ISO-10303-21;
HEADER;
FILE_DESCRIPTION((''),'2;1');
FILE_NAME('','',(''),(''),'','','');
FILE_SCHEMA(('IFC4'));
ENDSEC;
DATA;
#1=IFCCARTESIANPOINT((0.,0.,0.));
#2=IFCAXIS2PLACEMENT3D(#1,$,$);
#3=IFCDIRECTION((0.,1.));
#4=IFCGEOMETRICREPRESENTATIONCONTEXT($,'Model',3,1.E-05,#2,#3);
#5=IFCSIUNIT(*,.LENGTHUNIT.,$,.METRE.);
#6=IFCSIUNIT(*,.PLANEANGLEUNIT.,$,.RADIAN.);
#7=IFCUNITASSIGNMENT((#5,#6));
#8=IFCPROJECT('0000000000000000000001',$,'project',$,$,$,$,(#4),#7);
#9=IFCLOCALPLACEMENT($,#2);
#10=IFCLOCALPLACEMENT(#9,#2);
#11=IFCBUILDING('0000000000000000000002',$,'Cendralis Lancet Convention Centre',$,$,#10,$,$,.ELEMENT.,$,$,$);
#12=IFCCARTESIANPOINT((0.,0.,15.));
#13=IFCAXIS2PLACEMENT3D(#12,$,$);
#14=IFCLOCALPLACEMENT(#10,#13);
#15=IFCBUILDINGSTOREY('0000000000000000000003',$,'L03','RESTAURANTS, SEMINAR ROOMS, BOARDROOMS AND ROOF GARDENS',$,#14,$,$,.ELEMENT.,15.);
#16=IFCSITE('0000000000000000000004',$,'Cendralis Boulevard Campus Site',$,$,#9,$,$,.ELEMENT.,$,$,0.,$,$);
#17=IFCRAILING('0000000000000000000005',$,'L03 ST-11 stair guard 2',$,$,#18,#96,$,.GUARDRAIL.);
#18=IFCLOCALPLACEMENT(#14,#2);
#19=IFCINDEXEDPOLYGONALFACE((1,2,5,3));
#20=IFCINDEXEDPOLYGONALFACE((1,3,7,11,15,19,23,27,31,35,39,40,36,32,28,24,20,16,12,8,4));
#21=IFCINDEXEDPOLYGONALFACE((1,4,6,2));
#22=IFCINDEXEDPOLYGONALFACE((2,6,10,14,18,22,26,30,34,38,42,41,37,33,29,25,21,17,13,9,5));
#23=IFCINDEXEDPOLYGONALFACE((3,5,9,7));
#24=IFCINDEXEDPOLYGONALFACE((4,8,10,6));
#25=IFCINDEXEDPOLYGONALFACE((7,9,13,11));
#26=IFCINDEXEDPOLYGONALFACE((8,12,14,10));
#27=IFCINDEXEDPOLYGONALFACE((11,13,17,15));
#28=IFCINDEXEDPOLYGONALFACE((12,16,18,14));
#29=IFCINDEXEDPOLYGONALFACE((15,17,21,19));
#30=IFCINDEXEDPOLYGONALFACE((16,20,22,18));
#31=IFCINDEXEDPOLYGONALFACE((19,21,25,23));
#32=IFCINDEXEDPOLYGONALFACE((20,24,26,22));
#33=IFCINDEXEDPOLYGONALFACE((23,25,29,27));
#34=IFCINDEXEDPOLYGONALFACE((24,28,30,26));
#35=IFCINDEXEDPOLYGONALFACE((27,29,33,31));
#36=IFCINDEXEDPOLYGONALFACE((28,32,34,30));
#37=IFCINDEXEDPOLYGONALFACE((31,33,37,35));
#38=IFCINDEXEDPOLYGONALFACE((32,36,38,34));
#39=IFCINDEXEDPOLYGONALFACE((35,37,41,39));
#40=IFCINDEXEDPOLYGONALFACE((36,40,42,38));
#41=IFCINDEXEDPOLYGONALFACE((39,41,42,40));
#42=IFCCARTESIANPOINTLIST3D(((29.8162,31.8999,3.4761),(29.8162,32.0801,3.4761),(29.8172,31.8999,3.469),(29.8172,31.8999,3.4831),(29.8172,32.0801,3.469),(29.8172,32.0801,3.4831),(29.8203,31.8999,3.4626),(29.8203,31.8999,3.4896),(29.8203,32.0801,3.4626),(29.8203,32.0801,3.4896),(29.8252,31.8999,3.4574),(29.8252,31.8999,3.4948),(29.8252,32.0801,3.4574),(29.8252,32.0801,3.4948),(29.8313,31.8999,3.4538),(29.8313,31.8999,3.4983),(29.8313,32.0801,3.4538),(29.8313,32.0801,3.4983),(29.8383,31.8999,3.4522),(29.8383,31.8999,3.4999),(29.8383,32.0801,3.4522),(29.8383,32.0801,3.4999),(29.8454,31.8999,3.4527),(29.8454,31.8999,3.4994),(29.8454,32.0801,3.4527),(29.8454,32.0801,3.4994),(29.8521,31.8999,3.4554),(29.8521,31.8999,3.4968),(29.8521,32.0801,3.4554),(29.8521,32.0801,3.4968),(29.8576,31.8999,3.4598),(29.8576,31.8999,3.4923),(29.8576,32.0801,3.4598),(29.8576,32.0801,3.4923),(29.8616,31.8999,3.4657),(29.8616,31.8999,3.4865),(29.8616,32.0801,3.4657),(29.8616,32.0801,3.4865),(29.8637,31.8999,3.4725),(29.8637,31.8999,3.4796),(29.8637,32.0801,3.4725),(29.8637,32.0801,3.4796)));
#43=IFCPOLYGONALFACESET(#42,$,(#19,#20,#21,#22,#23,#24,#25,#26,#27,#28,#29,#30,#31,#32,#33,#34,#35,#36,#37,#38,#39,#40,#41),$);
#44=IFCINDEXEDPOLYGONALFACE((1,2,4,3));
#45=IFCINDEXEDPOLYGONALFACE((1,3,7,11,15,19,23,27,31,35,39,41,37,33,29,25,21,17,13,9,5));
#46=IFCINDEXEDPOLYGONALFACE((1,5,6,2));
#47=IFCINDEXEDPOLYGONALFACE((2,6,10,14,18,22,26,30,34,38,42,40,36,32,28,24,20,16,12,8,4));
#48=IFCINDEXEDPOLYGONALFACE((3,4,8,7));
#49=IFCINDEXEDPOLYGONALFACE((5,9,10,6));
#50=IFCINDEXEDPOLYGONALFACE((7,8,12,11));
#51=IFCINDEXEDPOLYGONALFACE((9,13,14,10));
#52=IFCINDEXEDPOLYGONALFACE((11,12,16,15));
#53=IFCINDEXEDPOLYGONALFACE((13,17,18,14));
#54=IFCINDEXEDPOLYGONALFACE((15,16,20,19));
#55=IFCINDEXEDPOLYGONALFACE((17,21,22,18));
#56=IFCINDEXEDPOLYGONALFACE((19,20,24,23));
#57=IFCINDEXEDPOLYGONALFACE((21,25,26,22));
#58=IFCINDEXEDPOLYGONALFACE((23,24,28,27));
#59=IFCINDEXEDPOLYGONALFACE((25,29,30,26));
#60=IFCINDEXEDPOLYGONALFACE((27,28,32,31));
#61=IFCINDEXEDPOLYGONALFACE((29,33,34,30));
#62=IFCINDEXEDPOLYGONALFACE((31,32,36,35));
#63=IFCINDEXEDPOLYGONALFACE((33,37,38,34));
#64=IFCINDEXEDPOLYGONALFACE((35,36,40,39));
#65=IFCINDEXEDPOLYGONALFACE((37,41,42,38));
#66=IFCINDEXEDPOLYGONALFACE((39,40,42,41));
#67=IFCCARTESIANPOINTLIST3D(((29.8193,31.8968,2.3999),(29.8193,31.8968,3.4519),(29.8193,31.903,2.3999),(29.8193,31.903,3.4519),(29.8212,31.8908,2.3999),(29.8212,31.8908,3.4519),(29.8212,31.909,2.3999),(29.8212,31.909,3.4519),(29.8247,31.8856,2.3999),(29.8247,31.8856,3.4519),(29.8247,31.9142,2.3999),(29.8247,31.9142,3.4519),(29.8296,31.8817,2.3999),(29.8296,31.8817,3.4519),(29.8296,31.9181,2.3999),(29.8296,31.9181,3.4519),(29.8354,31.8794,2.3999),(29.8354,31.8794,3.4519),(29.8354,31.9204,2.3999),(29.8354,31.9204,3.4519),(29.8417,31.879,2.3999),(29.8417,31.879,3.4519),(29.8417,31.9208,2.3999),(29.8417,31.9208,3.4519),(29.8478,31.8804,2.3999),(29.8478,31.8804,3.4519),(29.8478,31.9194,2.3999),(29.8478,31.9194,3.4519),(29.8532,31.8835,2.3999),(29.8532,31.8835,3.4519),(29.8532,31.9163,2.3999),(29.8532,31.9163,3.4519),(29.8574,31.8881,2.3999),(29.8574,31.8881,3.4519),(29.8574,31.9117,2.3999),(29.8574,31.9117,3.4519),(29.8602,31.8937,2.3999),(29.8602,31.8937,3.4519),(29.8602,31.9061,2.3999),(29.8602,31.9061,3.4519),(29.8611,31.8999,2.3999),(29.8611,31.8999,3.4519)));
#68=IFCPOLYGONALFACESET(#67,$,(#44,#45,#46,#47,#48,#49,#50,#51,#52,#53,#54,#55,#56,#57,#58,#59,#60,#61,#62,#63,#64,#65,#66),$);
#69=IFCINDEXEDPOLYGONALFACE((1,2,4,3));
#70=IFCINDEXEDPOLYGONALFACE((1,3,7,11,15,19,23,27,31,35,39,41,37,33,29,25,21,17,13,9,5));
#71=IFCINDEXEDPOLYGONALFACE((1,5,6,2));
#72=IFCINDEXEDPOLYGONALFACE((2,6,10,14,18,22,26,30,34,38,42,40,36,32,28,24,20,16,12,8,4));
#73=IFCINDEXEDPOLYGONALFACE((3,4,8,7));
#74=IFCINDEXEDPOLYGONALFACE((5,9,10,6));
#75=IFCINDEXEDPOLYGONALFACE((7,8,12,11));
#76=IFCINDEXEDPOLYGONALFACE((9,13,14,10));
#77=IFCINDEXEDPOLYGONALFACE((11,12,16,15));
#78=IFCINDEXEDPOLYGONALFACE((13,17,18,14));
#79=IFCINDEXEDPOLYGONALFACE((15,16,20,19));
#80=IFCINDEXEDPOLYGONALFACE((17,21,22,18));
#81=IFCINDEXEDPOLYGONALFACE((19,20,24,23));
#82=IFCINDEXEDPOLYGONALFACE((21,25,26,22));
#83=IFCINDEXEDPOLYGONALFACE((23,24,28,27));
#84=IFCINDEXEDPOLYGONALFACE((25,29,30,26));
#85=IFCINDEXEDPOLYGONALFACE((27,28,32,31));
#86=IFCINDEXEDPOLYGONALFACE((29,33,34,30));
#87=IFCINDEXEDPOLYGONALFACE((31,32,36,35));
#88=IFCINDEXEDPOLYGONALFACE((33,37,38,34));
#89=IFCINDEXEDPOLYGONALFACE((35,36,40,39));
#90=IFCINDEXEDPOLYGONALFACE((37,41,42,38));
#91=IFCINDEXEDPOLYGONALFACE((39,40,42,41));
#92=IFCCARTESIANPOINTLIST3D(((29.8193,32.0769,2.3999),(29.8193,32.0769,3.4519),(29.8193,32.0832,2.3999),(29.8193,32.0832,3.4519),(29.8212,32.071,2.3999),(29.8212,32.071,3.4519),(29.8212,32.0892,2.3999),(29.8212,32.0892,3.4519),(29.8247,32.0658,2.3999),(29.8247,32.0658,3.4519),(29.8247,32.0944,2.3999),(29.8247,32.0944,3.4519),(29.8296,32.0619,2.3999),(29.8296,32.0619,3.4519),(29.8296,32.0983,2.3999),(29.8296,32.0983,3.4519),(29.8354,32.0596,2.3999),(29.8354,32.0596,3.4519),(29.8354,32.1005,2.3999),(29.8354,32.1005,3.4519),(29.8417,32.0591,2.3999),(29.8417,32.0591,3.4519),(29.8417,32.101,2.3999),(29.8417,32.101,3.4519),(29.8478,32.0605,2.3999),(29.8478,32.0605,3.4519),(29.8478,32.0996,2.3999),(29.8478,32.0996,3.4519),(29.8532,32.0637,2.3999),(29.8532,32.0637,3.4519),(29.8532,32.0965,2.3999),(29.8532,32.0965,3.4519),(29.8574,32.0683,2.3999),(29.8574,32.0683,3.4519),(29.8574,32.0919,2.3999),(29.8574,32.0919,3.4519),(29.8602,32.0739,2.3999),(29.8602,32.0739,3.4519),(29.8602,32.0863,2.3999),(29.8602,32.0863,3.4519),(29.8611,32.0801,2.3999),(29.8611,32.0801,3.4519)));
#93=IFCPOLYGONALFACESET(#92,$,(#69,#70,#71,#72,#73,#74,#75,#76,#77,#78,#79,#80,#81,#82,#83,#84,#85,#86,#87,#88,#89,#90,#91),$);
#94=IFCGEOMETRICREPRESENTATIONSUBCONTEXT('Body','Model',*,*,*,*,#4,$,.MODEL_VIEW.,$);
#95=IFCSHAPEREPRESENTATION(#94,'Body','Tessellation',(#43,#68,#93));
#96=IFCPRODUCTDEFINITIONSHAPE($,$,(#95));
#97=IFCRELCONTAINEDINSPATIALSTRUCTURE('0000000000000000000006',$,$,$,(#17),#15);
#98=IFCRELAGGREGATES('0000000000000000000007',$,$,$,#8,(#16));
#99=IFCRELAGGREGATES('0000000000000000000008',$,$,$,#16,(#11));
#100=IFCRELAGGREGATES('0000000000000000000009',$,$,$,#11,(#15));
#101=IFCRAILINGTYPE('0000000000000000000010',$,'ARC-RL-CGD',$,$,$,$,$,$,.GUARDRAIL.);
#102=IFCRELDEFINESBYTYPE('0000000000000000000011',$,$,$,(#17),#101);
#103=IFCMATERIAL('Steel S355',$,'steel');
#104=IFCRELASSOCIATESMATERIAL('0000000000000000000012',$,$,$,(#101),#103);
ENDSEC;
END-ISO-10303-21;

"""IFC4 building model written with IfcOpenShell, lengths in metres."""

from ifc_helpers import new_model, si_unit, direction, frame, origin, origin_2d, place, context, subcontext, project, spatial, circle, extrude, material, type_object, element, save


model = new_model("IFC4")

# Units and contexts
model_context = context("Model", 3, precision=1e-05, world=origin(), true_north=direction((0.0, 1.0)))
body_context = subcontext(model_context, "Body", "Model", "MODEL_VIEW")
ifc_project = project(units=[si_unit("LENGTHUNIT", "METRE"), si_unit("PLANEANGLEUNIT", "RADIAN")], contexts=[model_context])

# Site, building, storey
site_placement = place(None, origin())
site = spatial("IfcSite", under=ifc_project, at=site_placement, Name="Cendralis Boulevard Campus Site", CompositionType="ELEMENT", RefElevation=0.0)
building_placement = place(site_placement, origin())
building = spatial("IfcBuilding", under=site, at=building_placement, Name="Cendralis Lancet Convention Centre", CompositionType="ELEMENT")
storey_placement = place(building_placement, frame((0.0, 0.0, 15.0)))
storey = spatial("IfcBuildingStorey", under=building, at=storey_placement, Name="L03", Description="RESTAURANTS, SEMINAR ROOMS, BOARDROOMS AND ROOF GARDENS", CompositionType="ELEMENT", Elevation=15.0)

# Railing
ifc_material_1 = material(Name="Steel S355", Category="steel")
railing_type_1 = type_object("IfcRailingType", Name="ARC-RL-CGD", PredefinedType="GUARDRAIL", material=ifc_material_1)
railing_1_placement = place(storey_placement, frame((29.8401, 31.8999, 2.3999)))
element("IfcRailing", 1, at=railing_1_placement, inside=storey, type_object=railing_type_1, Name="L03 ST-11 stair guard 2", PredefinedType="GUARDRAIL", context=body_context, shape_type="SweptSolid", body=[
    extrude(circle(Radius=0.0239, at=origin_2d()), frame((0.0, 0.0, 1.0762), z_axis=(0.0, 1.0, 0.0), x_axis=(-1.0, 0.0, 0.0)), (0.0, 0.0, 1.0), 0.1802),
    extrude(circle(Radius=0.021, at=origin_2d()), origin(), (0.0, 0.0, 1.0), 1.052),
    extrude(circle(Radius=0.021, at=origin_2d()), frame((0.0, 0.1802, 0.0)), (0.0, 0.0, 1.0), 1.052),
])

save(model, "model.ifc")
